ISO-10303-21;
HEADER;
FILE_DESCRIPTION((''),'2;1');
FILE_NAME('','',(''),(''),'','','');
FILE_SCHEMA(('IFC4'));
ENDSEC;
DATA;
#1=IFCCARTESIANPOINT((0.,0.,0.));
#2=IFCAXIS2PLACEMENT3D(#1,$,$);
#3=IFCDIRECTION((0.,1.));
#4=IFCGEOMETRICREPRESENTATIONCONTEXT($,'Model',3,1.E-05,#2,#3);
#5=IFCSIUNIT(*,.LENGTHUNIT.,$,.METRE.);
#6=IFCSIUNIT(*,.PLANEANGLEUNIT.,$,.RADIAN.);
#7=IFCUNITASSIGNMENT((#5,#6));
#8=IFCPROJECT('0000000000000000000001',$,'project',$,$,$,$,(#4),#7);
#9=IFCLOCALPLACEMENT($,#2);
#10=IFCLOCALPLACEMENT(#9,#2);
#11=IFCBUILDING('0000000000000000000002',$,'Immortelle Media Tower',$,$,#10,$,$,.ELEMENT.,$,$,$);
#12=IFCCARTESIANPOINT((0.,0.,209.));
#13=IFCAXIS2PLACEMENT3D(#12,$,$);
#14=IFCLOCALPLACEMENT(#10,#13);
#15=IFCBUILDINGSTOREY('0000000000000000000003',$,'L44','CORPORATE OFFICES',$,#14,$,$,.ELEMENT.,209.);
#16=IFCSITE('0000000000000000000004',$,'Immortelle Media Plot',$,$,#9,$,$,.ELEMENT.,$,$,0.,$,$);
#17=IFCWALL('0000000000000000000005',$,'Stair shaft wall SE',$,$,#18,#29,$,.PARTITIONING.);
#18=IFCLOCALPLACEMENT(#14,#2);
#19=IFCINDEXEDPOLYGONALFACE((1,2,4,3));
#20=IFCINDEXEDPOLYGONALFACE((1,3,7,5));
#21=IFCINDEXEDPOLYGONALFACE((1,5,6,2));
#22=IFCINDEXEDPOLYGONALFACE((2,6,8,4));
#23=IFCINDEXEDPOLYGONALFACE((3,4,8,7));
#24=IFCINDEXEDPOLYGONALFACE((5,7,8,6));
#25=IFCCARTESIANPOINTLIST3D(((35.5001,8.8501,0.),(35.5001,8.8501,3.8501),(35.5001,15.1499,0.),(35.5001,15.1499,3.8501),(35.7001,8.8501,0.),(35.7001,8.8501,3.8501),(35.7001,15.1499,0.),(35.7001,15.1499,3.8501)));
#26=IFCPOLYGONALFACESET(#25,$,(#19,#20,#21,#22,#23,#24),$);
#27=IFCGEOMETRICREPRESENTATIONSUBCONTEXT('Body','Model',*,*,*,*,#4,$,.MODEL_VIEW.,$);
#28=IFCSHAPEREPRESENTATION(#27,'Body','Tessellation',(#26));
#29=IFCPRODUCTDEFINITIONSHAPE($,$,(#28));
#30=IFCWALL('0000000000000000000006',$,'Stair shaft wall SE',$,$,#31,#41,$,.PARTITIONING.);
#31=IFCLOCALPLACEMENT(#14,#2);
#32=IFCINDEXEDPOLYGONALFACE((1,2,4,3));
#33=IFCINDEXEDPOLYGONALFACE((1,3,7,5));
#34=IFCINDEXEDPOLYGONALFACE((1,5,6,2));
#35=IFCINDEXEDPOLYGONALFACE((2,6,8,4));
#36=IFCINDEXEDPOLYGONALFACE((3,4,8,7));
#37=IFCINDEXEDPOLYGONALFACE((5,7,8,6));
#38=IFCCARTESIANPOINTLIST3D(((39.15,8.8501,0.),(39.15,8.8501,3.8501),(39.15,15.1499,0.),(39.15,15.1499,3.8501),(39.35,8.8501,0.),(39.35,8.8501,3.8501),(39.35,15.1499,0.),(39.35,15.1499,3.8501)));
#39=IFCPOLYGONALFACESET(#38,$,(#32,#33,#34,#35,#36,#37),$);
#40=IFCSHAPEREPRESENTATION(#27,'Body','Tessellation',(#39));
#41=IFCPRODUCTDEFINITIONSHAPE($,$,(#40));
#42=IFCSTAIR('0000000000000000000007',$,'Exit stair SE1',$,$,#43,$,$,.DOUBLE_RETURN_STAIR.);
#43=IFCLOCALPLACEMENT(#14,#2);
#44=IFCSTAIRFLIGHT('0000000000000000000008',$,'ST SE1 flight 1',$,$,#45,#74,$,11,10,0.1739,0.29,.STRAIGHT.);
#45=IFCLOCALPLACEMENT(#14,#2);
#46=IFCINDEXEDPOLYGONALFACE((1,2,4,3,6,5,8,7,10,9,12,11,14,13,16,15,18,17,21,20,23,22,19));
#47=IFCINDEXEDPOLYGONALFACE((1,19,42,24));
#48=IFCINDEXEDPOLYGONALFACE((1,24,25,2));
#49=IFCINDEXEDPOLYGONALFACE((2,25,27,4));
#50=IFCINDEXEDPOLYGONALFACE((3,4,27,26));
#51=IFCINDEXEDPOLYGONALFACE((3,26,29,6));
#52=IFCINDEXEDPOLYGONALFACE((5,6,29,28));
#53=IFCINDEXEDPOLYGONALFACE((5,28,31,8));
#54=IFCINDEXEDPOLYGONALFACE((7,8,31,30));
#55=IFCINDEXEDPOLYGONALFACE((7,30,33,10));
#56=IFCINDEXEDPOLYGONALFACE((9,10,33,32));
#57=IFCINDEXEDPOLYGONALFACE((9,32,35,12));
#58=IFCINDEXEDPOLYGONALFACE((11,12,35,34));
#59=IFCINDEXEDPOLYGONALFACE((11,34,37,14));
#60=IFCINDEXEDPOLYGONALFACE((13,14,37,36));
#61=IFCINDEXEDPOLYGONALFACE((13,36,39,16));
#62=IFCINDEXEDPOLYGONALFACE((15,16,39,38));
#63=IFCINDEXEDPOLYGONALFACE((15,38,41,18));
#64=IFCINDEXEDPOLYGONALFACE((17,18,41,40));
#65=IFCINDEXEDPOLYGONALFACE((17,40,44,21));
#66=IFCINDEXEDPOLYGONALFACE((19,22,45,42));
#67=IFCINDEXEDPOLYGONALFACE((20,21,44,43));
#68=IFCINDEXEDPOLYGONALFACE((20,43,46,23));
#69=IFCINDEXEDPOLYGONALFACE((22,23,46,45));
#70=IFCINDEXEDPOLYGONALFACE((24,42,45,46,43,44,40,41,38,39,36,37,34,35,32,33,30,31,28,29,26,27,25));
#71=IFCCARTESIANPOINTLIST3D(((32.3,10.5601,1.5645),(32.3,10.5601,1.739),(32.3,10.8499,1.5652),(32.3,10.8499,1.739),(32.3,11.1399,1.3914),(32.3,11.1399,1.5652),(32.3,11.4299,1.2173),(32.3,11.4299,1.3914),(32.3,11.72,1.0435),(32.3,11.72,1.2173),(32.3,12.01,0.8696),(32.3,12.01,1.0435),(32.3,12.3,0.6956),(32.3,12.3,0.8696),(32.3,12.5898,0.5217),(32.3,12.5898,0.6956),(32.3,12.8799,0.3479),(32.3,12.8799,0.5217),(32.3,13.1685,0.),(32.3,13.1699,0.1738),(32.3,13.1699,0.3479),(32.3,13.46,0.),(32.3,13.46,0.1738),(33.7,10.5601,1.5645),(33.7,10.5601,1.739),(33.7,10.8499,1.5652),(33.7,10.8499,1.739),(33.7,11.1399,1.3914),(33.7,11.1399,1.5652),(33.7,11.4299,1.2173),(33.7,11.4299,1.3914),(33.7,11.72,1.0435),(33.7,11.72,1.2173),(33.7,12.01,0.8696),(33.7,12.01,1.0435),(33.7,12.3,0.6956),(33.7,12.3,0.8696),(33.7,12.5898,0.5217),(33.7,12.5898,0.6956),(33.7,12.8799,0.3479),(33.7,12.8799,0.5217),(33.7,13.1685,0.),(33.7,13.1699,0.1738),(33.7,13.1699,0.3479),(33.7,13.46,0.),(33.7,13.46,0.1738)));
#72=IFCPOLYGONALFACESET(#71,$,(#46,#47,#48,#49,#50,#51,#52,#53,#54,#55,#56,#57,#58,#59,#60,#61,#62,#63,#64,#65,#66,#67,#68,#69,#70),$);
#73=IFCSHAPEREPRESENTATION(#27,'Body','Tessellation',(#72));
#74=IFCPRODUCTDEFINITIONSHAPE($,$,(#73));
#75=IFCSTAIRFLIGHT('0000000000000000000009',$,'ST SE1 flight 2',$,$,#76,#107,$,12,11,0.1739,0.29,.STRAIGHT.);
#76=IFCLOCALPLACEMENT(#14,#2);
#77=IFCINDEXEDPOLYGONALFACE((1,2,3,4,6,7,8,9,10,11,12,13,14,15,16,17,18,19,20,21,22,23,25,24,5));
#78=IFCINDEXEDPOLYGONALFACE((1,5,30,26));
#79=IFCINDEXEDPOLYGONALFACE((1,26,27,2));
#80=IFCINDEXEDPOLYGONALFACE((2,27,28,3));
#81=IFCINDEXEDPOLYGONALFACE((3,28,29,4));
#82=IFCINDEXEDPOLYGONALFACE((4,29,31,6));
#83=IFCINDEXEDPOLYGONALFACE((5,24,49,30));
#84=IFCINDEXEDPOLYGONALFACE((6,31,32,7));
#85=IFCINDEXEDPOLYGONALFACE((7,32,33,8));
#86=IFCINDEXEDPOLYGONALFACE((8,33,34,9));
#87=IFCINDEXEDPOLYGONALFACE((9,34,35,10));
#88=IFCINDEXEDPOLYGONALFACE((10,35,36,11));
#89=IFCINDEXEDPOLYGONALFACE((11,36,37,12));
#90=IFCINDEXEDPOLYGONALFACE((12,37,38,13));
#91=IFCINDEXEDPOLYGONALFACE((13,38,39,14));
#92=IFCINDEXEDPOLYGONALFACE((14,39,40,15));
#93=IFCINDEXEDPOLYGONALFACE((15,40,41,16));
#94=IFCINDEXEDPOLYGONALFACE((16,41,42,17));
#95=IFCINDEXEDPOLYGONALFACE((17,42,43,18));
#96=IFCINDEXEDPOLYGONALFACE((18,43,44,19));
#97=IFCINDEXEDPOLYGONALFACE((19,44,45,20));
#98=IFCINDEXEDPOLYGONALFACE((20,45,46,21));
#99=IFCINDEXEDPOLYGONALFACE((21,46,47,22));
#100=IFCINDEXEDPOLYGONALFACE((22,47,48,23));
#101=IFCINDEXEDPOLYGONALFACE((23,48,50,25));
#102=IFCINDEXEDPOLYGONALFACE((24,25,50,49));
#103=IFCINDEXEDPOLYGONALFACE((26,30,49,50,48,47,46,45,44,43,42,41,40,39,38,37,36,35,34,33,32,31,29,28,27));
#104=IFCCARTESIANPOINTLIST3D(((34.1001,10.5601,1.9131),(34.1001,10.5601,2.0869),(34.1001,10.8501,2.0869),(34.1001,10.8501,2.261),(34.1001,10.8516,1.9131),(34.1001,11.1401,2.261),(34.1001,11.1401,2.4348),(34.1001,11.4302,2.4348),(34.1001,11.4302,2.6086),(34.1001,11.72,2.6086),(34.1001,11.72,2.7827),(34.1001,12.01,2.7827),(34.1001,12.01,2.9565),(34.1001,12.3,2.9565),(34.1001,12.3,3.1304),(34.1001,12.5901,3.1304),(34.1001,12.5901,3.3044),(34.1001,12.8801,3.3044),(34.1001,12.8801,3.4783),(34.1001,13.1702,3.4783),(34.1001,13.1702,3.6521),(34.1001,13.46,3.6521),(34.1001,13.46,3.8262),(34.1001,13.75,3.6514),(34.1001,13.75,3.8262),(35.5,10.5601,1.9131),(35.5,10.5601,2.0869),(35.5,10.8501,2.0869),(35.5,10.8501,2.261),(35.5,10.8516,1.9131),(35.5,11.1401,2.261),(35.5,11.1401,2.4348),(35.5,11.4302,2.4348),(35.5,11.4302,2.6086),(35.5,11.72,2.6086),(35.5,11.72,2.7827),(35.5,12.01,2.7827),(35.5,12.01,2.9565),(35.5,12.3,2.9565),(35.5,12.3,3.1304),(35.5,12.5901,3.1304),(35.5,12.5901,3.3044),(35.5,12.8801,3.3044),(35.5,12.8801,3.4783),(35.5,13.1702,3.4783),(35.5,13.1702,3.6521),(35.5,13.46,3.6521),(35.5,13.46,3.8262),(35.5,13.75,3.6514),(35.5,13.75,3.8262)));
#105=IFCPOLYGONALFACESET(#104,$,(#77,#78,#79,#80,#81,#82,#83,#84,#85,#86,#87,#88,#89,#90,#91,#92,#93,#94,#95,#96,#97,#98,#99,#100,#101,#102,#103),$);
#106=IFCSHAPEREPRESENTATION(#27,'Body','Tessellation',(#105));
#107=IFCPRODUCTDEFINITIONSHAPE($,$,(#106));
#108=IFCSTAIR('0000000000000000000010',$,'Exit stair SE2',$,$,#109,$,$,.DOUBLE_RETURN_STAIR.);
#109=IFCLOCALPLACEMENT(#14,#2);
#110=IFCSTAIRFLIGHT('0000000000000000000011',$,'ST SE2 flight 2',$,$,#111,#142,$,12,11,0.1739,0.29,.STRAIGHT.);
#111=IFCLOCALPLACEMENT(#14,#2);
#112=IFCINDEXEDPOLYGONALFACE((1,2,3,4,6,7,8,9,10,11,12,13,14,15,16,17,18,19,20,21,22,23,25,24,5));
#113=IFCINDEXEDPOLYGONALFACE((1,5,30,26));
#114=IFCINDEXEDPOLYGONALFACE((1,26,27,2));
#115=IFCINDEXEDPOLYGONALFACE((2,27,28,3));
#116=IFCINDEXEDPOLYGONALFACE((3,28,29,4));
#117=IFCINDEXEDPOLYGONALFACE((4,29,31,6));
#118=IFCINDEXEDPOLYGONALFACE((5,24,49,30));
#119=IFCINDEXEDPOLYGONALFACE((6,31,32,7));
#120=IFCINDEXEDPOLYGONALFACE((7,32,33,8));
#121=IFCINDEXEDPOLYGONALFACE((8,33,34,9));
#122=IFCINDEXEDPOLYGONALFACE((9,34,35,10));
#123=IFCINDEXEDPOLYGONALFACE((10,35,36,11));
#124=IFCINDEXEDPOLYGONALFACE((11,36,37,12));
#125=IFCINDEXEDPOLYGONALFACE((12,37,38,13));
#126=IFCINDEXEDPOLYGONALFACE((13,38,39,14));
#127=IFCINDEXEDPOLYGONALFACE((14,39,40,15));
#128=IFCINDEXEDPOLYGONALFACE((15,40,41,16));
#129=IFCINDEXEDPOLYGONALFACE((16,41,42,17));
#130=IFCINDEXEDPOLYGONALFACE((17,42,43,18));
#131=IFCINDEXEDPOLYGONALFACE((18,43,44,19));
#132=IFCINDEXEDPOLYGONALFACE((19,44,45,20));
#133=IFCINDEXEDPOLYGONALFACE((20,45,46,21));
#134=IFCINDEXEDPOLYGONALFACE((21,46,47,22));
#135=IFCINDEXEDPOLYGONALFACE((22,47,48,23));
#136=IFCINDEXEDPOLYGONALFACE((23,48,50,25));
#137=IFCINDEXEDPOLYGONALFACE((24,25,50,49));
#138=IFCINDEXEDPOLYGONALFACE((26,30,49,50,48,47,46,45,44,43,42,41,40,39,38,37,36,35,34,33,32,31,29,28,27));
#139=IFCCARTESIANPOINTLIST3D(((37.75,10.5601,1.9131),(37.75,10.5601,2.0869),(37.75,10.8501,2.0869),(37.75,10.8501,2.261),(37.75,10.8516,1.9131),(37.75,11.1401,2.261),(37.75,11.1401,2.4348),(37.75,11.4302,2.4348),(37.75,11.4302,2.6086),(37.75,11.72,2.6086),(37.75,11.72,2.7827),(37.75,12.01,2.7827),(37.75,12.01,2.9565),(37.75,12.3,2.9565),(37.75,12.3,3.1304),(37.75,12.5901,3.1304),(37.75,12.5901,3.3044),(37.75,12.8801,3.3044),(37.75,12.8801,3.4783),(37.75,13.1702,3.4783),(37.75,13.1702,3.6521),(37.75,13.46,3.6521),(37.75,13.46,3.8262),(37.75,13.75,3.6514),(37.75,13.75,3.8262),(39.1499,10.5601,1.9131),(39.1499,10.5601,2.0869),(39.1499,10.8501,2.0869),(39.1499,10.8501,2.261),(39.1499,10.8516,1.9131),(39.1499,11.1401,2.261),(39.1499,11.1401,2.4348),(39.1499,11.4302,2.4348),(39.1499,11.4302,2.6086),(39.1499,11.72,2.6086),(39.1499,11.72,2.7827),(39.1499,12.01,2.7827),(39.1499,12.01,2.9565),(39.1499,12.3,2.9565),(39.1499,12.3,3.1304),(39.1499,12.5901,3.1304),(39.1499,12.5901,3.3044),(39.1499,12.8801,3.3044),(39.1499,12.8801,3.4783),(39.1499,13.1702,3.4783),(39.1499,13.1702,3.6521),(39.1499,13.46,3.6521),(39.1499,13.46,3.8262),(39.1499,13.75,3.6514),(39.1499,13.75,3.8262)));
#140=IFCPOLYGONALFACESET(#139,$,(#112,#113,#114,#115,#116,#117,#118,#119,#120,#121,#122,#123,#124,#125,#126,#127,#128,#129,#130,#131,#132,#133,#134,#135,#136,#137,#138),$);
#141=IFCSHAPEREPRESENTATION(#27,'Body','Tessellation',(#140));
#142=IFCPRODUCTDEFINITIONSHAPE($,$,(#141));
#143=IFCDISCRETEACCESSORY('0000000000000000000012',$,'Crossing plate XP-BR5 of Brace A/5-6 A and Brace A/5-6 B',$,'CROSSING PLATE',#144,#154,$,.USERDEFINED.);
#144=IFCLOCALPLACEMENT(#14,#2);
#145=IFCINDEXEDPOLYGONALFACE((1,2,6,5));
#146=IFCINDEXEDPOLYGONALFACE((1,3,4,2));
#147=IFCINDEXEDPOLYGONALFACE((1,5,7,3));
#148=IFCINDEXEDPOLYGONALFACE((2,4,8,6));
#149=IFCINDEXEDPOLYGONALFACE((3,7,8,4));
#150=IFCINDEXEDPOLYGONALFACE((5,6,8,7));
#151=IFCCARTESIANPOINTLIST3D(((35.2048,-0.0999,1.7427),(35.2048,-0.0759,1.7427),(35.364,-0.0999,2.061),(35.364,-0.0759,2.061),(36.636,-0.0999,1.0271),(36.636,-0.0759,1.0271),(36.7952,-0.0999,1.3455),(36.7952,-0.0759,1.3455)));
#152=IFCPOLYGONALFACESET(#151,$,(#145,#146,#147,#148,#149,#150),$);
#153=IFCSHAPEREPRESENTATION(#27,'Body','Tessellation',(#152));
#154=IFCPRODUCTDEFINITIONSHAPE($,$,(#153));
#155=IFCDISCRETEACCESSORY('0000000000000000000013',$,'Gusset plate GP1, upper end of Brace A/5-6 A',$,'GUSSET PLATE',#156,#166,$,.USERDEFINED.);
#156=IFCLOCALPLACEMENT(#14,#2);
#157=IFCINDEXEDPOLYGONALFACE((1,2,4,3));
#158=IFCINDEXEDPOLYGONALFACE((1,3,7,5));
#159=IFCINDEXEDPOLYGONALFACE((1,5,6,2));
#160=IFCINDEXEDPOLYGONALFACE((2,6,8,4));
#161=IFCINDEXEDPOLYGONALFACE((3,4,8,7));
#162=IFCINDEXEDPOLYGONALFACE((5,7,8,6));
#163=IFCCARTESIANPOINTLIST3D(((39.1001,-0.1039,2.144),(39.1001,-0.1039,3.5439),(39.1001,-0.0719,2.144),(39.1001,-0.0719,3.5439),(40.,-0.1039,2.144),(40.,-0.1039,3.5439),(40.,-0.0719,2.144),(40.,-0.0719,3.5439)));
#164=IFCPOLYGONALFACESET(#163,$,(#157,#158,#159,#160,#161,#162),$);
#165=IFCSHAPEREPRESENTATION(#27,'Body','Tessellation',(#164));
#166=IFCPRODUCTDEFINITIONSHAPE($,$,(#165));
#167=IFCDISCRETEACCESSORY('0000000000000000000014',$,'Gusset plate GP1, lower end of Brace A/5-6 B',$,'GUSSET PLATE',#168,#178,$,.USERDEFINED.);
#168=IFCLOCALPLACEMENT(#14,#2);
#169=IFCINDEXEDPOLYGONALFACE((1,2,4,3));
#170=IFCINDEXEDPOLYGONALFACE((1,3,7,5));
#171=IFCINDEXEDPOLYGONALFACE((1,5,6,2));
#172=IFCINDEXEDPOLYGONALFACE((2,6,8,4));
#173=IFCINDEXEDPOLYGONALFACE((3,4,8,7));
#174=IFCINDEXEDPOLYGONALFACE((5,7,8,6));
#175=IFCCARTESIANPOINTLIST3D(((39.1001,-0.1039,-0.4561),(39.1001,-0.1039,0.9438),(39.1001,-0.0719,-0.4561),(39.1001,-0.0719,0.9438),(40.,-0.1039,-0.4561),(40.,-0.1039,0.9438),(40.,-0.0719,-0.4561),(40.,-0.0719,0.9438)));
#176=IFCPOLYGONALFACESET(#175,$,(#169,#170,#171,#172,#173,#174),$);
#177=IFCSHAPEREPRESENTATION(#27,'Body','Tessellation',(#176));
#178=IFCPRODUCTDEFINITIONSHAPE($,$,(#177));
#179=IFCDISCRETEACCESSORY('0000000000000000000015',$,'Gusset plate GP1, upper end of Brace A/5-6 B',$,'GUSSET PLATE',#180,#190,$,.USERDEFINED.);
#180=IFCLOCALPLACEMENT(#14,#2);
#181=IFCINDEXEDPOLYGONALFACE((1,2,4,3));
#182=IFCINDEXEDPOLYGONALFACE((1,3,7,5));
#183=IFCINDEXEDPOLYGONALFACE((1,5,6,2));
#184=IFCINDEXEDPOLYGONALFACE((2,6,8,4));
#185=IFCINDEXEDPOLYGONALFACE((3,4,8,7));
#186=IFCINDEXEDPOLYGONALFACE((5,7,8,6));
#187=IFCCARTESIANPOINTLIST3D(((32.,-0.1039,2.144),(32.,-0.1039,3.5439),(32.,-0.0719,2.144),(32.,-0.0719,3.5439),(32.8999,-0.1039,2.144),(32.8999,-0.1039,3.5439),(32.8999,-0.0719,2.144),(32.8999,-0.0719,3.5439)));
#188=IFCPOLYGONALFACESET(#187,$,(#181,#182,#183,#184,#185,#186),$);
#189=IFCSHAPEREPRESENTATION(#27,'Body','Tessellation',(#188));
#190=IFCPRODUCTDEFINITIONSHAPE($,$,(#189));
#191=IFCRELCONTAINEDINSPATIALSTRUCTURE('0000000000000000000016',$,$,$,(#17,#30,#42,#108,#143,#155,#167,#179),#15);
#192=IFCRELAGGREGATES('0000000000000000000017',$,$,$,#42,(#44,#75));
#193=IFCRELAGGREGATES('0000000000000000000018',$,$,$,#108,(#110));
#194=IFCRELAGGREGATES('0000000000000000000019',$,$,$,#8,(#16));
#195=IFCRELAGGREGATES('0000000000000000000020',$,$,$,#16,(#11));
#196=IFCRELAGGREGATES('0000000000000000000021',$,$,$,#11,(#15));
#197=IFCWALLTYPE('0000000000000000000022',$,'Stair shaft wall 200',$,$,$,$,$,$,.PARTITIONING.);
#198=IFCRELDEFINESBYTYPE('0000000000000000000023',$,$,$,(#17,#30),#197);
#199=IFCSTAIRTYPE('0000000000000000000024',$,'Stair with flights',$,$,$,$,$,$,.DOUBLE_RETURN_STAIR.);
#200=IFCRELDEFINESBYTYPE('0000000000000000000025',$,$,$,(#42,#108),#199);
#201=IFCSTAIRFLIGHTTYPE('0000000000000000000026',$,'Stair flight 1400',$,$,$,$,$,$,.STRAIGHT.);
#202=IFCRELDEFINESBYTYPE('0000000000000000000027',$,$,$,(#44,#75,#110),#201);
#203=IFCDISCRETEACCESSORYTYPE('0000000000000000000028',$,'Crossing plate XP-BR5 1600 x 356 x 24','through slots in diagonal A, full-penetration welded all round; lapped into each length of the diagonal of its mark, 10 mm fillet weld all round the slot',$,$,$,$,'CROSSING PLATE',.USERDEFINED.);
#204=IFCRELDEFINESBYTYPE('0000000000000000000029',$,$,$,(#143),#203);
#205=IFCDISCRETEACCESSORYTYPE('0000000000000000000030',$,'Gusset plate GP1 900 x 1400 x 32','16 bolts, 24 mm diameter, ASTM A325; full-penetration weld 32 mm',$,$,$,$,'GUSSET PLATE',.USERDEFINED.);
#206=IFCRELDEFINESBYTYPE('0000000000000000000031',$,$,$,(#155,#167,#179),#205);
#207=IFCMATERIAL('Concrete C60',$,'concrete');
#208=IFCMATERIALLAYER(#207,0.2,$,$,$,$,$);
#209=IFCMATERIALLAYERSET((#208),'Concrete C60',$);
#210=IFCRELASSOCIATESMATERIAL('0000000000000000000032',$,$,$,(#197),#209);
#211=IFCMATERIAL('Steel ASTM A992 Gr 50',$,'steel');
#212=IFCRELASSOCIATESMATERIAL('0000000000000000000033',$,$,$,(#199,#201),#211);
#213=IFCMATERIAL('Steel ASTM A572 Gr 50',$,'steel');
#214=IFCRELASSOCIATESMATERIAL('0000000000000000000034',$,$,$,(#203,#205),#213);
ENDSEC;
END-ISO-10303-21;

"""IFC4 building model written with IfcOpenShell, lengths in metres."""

from ifc_helpers import new_model, si_unit, direction, frame, frame_2d, origin, origin_2d, place, context, subcontext, project, spatial, polyline, rectangle, outline, extrude, material, layer, layer_set, material_profile, profile_set, type_object, element, aggregate, save


model = new_model("IFC4")

# Units and contexts
model_context = context("Model", 3, precision=1e-05, world=origin(), true_north=direction((0.0, 1.0)))
body_context = subcontext(model_context, "Body", "Model", "MODEL_VIEW")
ifc_project = project(units=[si_unit("LENGTHUNIT", "METRE"), si_unit("PLANEANGLEUNIT", "RADIAN")], contexts=[model_context])

# Site, building, storey
site_placement = place(None, origin())
site = spatial("IfcSite", under=ifc_project, at=site_placement, Name="Immortelle Media Plot", CompositionType="ELEMENT", RefElevation=0.0)
building_placement = place(site_placement, origin())
building = spatial("IfcBuilding", under=site, at=building_placement, Name="Immortelle Media Tower", CompositionType="ELEMENT")
storey_placement = place(building_placement, frame((0.0, 0.0, 209.0)))
storey = spatial("IfcBuildingStorey", under=building, at=storey_placement, Name="L44", Description="CORPORATE OFFICES", CompositionType="ELEMENT", Elevation=209.0)

# Shared definitions
ifc_material_1 = material(Name="Steel ASTM A992 Gr 50", Category="steel")

# Walls
ifc_material_2 = material(Name="Concrete C60", Category="concrete")
ifc_layer_1 = layer(ifc_material_2, 0.2)
ifc_layer_set_1 = layer_set([ifc_layer_1], Name="Concrete C60")
wall_type_1 = type_object("IfcWallType", Name="Stair shaft wall 200", PredefinedType="PARTITIONING", material=ifc_layer_set_1)
for number, where, z_axis, x_axis, name in (
    (1, (35.6001, 8.8501, 0.0), (0.0, 0.0, 1.0), (0.0, 1.0, 0.0), "Stair shaft wall SE"),
    (2, (39.25, 8.8501, 0.0), (0.0, 0.0, 1.0), (0.0, 1.0, 0.0), "Stair shaft wall SE"),
):
    element("IfcWall", number, at=place(storey_placement, frame(where, z_axis=z_axis, x_axis=x_axis)), inside=storey, type_object=wall_type_1, Name=name, PredefinedType="PARTITIONING", context=body_context, shape_type="SweptSolid", body=[
        extrude(rectangle(XDim=6.2998, YDim=0.2, at=frame_2d((3.1499, 0.0))), origin(), (0.0, 0.0, 1.0), 3.8501),
    ])

# Stair, stair flights
stair_type = type_object("IfcStairType", Name="Stair with flights", PredefinedType="DOUBLE_RETURN_STAIR", material=ifc_material_1)
stair_1_placement = place(storey_placement, origin())
stair_1 = element("IfcStair", 3, at=stair_1_placement, inside=storey, type_object=stair_type, Name="Exit stair SE1", PredefinedType="DOUBLE_RETURN_STAIR")
stair_flight_type = type_object("IfcStairFlightType", Name="Stair flight 1400", PredefinedType="STRAIGHT", material=ifc_material_1)
stair_flight_1_placement = place(storey_placement, frame((33.0, 13.46, 0.0), z_axis=(0.0, 0.0, 1.0), x_axis=(0.0, -1.0, 0.0)))
stair_flight_1 = element("IfcStairFlight", 4, at=stair_flight_1_placement, type_object=stair_flight_type, Name="ST SE1 flight 1", NumberOfRisers=11, NumberOfTreads=10, PredefinedType="STRAIGHT", RiserHeight=0.1739, TreadLength=0.29, context=body_context, shape_type="SweptSolid", body=[
    extrude(outline(polyline([(0.0, 0.0), (0.0, 0.1738), (0.29, 0.1738), (0.29, 0.3479), (0.5801, 0.3479), (0.5801, 0.5217), (0.8701, 0.5217), (0.8701, 0.6956), (1.1599, 0.6956), (1.1599, 0.8696), (1.45, 0.8696), (1.45, 1.0435), (1.74, 1.0435), (1.74, 1.2173), (2.03, 1.2173), (2.03, 1.3914), (2.3201, 1.3914), (2.3201, 1.5652), (2.6101, 1.5652), (2.6101, 1.739), (2.8999, 1.739), (2.8999, 1.9131), (2.8999, 1.5645), (0.2915, 0.0), (0.0, 0.0)])), frame((0.0, 0.7, 0.0), z_axis=(0.0, -1.0, 0.0), x_axis=(1.0, 0.0, 0.0)), (0.0, 0.0, 1.0), 1.3999),
])
stair_flight_2_placement = place(storey_placement, frame((34.8, 10.5601, 1.9131), z_axis=(0.0, 0.0, 1.0), x_axis=(0.0, 1.0, 0.0)))
stair_flight_2 = element("IfcStairFlight", 5, at=stair_flight_2_placement, type_object=stair_flight_type, Name="ST SE1 flight 2", NumberOfRisers=12, NumberOfTreads=11, PredefinedType="STRAIGHT", RiserHeight=0.1739, TreadLength=0.29, context=body_context, shape_type="SweptSolid", body=[
    extrude(outline(polyline([(0.0, 0.0), (0.0, 0.1738), (0.29, 0.1738), (0.29, 0.3479), (0.5801, 0.3479), (0.5801, 0.5217), (0.8701, 0.5217), (0.8701, 0.6956), (1.1599, 0.6956), (1.1599, 0.8696), (1.45, 0.8696), (1.45, 1.0435), (1.74, 1.0435), (1.74, 1.2173), (2.03, 1.2173), (2.03, 1.3914), (2.3201, 1.3914), (2.3201, 1.5652), (2.6101, 1.5652), (2.6101, 1.739), (2.8999, 1.739), (2.8999, 1.9131), (3.1899, 1.9131), (3.1899, 2.0869), (3.1899, 1.7383), (0.2915, 0.0), (0.0, 0.0)])), frame((0.0, 0.7, 0.0), z_axis=(0.0, -1.0, 0.0), x_axis=(1.0, 0.0, 0.0)), (0.0, 0.0, 1.0), 1.3999),
])
aggregate(stair_1, [stair_flight_1, stair_flight_2])

# Stair, stair flight
stair_2_placement = place(storey_placement, origin())
stair_2 = element("IfcStair", 6, at=stair_2_placement, inside=storey, type_object=stair_type, Name="Exit stair SE2", PredefinedType="DOUBLE_RETURN_STAIR")
stair_flight_3_placement = place(storey_placement, frame((38.45, 10.5601, 1.9131), z_axis=(0.0, 0.0, 1.0), x_axis=(0.0, 1.0, 0.0)))
stair_flight_3 = element("IfcStairFlight", 7, at=stair_flight_3_placement, type_object=stair_flight_type, Name="ST SE2 flight 2", NumberOfRisers=12, NumberOfTreads=11, PredefinedType="STRAIGHT", RiserHeight=0.1739, TreadLength=0.29, context=body_context, shape_type="SweptSolid", body=[
    extrude(outline(polyline([(0.0, 0.0), (0.0, 0.1738), (0.29, 0.1738), (0.29, 0.3479), (0.5801, 0.3479), (0.5801, 0.5217), (0.8701, 0.5217), (0.8701, 0.6956), (1.1599, 0.6956), (1.1599, 0.8696), (1.45, 0.8696), (1.45, 1.0435), (1.74, 1.0435), (1.74, 1.2173), (2.03, 1.2173), (2.03, 1.3914), (2.3201, 1.3914), (2.3201, 1.5652), (2.6101, 1.5652), (2.6101, 1.739), (2.8999, 1.739), (2.8999, 1.9131), (3.1899, 1.9131), (3.1899, 2.0869), (3.1899, 1.7383), (0.2915, 0.0), (0.0, 0.0)])), frame((0.0, 0.7, 0.0), z_axis=(0.0, -1.0, 0.0), x_axis=(1.0, 0.0, 0.0)), (0.0, 0.0, 1.0), 1.3999),
])
aggregate(stair_2, [stair_flight_3])

# Discrete accessories
ifc_material_3 = material(Name="Steel ASTM A572 Gr 50", Category="steel")
ifc_material_profile_1 = material_profile(ifc_material_3, rectangle(XDim=0.0239, YDim=0.356, at=origin_2d()), Name="PL 24 x 356")
ifc_profile_set_1 = profile_set([ifc_material_profile_1], Name="Steel ASTM A572 Gr 50")
discrete_accessory_type_1 = type_object("IfcDiscreteAccessoryType", Name="Crossing plate XP-BR5 1600 x 356 x 24", Description="through slots in diagonal A, full-penetration welded all round; lapped into each length of the diagonal of its mark, 10 mm fillet weld all round the slot", ElementType="CROSSING PLATE", PredefinedType="USERDEFINED", material=ifc_profile_set_1)
discrete_accessory_placement = place(storey_placement, frame((35.2844, -0.0879, 1.9019), z_axis=(0.894427, 0.0, -0.447214), x_axis=(0.0, 1.0, 0.0)))
element("IfcDiscreteAccessory", 8, at=discrete_accessory_placement, inside=storey, type_object=discrete_accessory_type_1, Name="Crossing plate XP-BR5 of Brace A/5-6 A and Brace A/5-6 B", ObjectType="CROSSING PLATE", PredefinedType="USERDEFINED", context=body_context, shape_type="SweptSolid", body=[
    extrude(rectangle(XDim=0.0239, YDim=0.356, at=origin_2d()), origin(), (0.0, 0.0, 1.0), 1.6001),
])
ifc_material_profile_2 = material_profile(ifc_material_3, rectangle(XDim=0.032, YDim=1.3999, at=origin_2d()), Name="PL 32 x 1400")
ifc_profile_set_2 = profile_set([ifc_material_profile_2], Name="Steel ASTM A572 Gr 50")
discrete_accessory_type_2 = type_object("IfcDiscreteAccessoryType", Name="Gusset plate GP1 900 x 1400 x 32", Description="16 bolts, 24 mm diameter, ASTM A325; full-penetration weld 32 mm", ElementType="GUSSET PLATE", PredefinedType="USERDEFINED", material=ifc_profile_set_2)
for number, where, z_axis, x_axis, name in (
    (9, (40.0, -0.0879, 2.844), (-1.0, 0.0, 0.0), (0.0, -1.0, 0.0), "Gusset plate GP1, upper end of Brace A/5-6 A"),
    (10, (40.0, -0.0879, 0.2439), (-1.0, 0.0, 0.0), (0.0, -1.0, 0.0), "Gusset plate GP1, lower end of Brace A/5-6 B"),
    (11, (32.0, -0.0879, 2.844), (1.0, 0.0, 0.0), (0.0, 1.0, 0.0), "Gusset plate GP1, upper end of Brace A/5-6 B"),
):
    element("IfcDiscreteAccessory", number, at=place(storey_placement, frame(where, z_axis=z_axis, x_axis=x_axis)), inside=storey, type_object=discrete_accessory_type_2, Name=name, ObjectType="GUSSET PLATE", PredefinedType="USERDEFINED", context=body_context, shape_type="SweptSolid", body=[
        extrude(rectangle(XDim=0.032, YDim=1.3999, at=origin_2d()), origin(), (0.0, 0.0, 1.0), 0.8999),
    ])

save(model, "model.ifc")
